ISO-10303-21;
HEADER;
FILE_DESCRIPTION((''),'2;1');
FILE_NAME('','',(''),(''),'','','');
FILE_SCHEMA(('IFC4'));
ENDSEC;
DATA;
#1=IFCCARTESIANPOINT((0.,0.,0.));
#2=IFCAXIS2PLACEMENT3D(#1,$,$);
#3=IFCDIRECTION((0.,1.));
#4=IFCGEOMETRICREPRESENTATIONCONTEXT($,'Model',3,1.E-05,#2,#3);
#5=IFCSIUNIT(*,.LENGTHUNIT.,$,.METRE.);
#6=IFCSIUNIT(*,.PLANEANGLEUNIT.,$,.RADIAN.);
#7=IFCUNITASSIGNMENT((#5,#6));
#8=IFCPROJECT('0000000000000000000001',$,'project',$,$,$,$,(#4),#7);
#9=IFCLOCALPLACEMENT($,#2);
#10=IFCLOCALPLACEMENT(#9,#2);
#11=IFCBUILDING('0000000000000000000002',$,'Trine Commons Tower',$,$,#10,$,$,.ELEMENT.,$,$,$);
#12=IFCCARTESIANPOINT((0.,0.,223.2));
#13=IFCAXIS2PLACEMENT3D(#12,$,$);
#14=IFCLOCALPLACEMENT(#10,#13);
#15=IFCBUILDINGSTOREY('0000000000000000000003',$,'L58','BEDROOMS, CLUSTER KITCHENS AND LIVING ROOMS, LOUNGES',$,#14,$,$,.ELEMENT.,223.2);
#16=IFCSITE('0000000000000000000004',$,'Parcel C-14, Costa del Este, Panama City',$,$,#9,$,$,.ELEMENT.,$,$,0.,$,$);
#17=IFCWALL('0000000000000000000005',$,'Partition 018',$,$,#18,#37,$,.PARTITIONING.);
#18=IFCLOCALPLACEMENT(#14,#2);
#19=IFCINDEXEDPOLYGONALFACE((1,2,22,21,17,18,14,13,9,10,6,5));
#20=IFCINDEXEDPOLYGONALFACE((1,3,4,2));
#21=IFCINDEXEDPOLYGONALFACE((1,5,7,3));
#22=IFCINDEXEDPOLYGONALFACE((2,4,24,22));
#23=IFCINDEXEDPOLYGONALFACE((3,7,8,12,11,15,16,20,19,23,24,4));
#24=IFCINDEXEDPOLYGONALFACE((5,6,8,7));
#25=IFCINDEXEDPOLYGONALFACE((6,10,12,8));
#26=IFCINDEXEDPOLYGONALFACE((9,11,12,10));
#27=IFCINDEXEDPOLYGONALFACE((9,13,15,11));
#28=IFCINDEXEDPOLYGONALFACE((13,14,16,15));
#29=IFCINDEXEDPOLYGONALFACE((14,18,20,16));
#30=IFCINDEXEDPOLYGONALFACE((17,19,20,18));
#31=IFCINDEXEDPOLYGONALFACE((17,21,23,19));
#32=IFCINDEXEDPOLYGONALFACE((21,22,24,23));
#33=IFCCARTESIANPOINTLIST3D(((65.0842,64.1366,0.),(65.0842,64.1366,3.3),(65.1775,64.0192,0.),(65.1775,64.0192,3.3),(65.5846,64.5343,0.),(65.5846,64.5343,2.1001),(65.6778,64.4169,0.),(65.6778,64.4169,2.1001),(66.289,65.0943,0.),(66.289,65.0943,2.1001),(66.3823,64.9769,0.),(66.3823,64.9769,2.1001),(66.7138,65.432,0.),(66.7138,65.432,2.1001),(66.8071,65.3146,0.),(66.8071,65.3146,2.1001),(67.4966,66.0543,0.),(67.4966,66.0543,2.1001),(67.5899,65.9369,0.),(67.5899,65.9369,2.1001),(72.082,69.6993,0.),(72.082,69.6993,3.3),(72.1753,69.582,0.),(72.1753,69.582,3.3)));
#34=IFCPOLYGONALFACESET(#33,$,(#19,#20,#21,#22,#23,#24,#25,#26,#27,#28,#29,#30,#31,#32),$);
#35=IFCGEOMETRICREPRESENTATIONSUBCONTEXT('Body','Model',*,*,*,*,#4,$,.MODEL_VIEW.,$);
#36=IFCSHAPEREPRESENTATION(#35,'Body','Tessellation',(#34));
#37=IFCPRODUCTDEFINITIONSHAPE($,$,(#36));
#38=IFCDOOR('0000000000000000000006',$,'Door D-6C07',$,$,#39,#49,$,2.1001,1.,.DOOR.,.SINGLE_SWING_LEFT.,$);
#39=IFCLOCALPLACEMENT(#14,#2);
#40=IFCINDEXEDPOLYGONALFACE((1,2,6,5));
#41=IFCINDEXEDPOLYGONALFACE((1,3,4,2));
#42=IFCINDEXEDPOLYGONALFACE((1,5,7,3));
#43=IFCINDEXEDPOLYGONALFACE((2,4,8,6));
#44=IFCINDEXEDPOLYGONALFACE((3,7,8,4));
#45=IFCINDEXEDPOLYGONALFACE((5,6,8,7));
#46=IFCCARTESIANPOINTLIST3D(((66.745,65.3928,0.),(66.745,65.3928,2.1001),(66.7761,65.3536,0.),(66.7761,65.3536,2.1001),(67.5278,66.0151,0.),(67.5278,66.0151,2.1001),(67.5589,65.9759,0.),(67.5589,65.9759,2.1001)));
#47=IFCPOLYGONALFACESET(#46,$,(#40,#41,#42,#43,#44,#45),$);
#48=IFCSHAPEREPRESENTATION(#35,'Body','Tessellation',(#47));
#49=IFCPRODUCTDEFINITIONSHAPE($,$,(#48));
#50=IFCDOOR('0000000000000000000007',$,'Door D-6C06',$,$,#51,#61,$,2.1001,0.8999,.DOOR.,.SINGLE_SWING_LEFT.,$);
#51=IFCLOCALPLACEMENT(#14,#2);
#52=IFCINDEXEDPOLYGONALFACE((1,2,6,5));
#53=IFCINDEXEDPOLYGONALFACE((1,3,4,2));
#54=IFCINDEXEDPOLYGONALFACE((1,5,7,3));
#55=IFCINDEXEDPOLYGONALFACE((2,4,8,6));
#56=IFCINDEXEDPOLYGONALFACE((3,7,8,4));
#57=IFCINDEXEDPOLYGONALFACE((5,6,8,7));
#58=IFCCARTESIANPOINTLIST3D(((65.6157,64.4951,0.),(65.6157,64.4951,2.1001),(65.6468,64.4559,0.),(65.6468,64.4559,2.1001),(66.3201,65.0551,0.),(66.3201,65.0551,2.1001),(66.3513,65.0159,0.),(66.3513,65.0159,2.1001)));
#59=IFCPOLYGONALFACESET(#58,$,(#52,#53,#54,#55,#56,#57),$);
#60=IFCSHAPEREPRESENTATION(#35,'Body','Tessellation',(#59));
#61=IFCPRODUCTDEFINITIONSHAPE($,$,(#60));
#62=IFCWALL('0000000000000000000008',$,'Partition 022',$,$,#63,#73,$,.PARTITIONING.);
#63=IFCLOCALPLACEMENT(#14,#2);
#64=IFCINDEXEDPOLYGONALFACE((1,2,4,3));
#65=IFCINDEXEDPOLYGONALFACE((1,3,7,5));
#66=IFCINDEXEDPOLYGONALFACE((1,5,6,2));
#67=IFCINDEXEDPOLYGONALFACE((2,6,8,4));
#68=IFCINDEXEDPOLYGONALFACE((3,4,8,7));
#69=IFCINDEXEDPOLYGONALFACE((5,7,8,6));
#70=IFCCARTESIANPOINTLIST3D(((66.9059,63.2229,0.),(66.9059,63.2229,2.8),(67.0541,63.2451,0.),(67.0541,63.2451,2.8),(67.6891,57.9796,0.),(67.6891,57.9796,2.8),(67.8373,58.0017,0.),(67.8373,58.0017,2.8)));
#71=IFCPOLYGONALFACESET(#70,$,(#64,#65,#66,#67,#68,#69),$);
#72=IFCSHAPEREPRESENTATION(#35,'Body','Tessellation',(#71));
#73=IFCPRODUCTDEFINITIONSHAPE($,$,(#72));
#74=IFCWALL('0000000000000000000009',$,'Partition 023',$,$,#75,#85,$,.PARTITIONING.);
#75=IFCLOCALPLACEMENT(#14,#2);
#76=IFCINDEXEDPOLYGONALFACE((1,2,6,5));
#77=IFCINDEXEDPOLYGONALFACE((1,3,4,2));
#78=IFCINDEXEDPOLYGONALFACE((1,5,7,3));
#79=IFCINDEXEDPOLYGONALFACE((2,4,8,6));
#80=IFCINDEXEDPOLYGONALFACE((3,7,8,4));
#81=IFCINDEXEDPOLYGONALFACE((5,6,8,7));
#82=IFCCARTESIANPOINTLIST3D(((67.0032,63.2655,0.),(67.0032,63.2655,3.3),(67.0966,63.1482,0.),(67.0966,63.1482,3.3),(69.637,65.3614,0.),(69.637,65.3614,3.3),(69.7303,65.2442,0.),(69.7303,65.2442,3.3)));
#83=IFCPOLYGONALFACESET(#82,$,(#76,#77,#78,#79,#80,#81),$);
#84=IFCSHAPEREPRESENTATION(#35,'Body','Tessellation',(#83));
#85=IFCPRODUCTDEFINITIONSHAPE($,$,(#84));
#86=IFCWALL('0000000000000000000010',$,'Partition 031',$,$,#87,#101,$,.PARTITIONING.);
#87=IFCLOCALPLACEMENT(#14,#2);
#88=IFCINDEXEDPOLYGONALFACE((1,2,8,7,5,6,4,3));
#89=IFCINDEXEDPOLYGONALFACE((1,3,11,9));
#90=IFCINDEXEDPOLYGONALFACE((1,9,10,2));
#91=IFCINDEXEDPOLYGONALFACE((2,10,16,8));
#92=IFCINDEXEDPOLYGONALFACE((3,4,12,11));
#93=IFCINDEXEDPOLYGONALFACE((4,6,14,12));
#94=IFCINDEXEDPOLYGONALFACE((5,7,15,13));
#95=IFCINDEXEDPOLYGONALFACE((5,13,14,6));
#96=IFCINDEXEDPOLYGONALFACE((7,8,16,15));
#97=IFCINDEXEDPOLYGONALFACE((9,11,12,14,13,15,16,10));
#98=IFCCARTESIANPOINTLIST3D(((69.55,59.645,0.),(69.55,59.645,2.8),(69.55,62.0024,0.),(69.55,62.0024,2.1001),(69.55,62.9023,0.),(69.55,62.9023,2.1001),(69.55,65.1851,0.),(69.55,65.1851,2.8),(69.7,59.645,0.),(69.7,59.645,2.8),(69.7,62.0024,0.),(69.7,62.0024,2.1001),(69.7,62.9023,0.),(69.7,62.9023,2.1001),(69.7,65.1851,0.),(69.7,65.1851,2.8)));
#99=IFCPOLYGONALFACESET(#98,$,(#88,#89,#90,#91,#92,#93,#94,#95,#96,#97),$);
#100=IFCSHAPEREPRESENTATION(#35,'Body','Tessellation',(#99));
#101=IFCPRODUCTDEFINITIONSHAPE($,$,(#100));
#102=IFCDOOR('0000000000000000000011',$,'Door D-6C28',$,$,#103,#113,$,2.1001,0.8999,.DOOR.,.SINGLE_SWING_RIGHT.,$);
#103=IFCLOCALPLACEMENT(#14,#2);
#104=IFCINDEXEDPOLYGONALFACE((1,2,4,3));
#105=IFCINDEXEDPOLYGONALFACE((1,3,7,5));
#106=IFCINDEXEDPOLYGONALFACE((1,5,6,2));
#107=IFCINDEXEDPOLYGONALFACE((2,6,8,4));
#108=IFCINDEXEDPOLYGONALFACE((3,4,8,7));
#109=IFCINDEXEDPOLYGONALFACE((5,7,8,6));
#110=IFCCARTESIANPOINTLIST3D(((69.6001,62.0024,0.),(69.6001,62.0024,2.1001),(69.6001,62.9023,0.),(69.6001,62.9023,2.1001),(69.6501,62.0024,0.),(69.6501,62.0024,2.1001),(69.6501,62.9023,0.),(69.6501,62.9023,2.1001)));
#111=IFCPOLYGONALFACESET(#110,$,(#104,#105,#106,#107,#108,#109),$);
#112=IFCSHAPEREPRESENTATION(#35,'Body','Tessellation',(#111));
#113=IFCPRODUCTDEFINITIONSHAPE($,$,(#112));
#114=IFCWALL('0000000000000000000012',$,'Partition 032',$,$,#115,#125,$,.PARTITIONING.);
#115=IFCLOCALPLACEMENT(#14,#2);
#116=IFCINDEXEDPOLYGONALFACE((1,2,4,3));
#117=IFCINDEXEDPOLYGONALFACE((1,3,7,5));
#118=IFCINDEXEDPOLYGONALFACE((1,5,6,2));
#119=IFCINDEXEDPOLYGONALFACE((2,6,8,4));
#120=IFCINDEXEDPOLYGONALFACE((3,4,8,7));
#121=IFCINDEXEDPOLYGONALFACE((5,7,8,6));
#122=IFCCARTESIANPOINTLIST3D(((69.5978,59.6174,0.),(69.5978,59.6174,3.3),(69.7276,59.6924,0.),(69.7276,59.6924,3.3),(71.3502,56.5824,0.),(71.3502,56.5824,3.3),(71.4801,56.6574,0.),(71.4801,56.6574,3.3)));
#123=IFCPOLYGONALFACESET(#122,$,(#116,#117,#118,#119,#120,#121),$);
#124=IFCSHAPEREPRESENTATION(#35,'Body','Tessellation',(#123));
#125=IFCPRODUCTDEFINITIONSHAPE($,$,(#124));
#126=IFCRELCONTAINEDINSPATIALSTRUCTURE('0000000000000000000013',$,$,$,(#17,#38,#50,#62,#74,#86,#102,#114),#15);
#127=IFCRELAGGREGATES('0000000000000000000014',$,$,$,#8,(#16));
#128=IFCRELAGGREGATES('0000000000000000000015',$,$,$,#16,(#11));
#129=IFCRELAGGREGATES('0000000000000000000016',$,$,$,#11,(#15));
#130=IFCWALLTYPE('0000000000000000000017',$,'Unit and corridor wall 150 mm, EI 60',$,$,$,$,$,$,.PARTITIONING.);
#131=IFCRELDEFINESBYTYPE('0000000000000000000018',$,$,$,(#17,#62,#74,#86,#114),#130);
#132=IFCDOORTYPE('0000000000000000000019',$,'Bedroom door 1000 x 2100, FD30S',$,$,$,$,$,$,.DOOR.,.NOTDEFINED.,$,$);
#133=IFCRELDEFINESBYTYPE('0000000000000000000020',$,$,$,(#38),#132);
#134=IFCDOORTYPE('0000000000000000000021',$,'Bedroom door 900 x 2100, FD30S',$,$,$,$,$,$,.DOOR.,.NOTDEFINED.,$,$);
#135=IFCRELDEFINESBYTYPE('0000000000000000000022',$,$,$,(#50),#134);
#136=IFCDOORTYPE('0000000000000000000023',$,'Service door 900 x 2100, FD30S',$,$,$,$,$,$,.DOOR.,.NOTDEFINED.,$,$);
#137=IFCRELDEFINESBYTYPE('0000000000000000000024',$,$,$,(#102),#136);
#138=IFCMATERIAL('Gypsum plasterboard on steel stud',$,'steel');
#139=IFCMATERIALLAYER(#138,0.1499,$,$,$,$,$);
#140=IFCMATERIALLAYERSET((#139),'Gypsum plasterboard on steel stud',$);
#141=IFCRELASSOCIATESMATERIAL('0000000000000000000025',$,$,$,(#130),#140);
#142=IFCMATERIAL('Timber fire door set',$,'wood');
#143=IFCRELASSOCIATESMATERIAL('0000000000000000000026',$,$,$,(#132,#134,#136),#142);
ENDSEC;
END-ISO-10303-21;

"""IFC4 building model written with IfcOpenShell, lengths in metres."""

from ifc_helpers import new_model, si_unit, direction, frame, frame_2d, origin, place, context, subcontext, project, spatial, rectangle, extrude, material, layer, layer_set, type_object, element, fill, save


model = new_model("IFC4")

# Units and contexts
model_context = context("Model", 3, precision=1e-05, world=origin(), true_north=direction((0.0, 1.0)))
body_context = subcontext(model_context, "Body", "Model", "MODEL_VIEW")
ifc_project = project(units=[si_unit("LENGTHUNIT", "METRE"), si_unit("PLANEANGLEUNIT", "RADIAN")], contexts=[model_context])

# Site, building, storey
site_placement = place(None, origin())
site = spatial("IfcSite", under=ifc_project, at=site_placement, Name="Parcel C-14, Costa del Este, Panama City", CompositionType="ELEMENT", RefElevation=0.0)
building_placement = place(site_placement, origin())
building = spatial("IfcBuilding", under=site, at=building_placement, Name="Trine Commons Tower", CompositionType="ELEMENT")
storey_placement = place(building_placement, frame((0.0, 0.0, 223.2)))
storey = spatial("IfcBuildingStorey", under=building, at=storey_placement, Name="L58", Description="BEDROOMS, CLUSTER KITCHENS AND LIVING ROOMS, LOUNGES", CompositionType="ELEMENT", Elevation=223.2)

# Shared definitions
ifc_material_1 = material(Name="Gypsum plasterboard on steel stud", Category="steel")
ifc_layer_1 = layer(ifc_material_1, 0.1499)
ifc_layer_set_1 = layer_set([ifc_layer_1], Name="Gypsum plasterboard on steel stud")
wall_type_1 = type_object("IfcWallType", Name="Unit and corridor wall 150 mm, EI 60", PredefinedType="PARTITIONING", material=ifc_layer_set_1)
ifc_material_2 = material(Name="Timber fire door set", Category="wood")

# Wall, openings, doors
wall_1_placement = place(storey_placement, frame((65.1309, 64.0779, 0.0), z_axis=(0.0, 0.0, 1.0), x_axis=(0.782802, 0.622271, 0.0)))
wall_1 = element("IfcWall", 1, at=wall_1_placement, inside=storey, type_object=wall_type_1, Name="Partition 018", PredefinedType="PARTITIONING", context=body_context, shape_type="SweptSolid", body=[
    extrude(rectangle(XDim=8.9395, YDim=0.1499, at=frame_2d((4.4697, 0.0))), origin(), (0.0, 0.0, 1.0), 3.3),
])
opening_1_placement = place(wall_1_placement, frame((0.6392, 0.0, 0.0)))
opening_1 = element("IfcOpeningElement", 2, at=opening_1_placement, cuts=wall_1, PredefinedType="OPENING", context=body_context, shape_type="SweptSolid", body=[
    extrude(rectangle(XDim=0.8999, YDim=2.1001, at=frame_2d((0.45, 1.05))), frame((0.0, 0.085, 0.0), z_axis=(0.0, -1.0, 0.0), x_axis=(1.0, 0.0, 0.0)), (0.0, 0.0, 1.0), 0.1699),
])
opening_2_placement = place(wall_1_placement, frame((2.0818, 0.0, 0.0)))
opening_2 = element("IfcOpeningElement", 3, at=opening_2_placement, cuts=wall_1, PredefinedType="OPENING", context=body_context, shape_type="SweptSolid", body=[
    extrude(rectangle(XDim=1.0, YDim=2.1001, at=frame_2d((0.5, 1.05))), frame((0.0, 0.085, 0.0), z_axis=(0.0, -1.0, 0.0), x_axis=(1.0, 0.0, 0.0)), (0.0, 0.0, 1.0), 0.1699),
])
door_type_1 = type_object("IfcDoorType", Name="Bedroom door 1000 x 2100, FD30S", OperationType="NOTDEFINED", PredefinedType="DOOR", material=ifc_material_2)
door_1_placement = place(opening_2_placement, origin())
door_1 = element("IfcDoor", 4, at=door_1_placement, inside=storey, type_object=door_type_1, Name="Door D-6C07", OperationType="SINGLE_SWING_LEFT", OverallHeight=2.1001, OverallWidth=1.0, PredefinedType="DOOR", context=body_context, shape_type="SweptSolid", body=[
    extrude(rectangle(XDim=1.0, YDim=2.1001, at=frame_2d((0.5, 1.05))), frame((0.0, 0.0249, 0.0), z_axis=(0.0, -1.0, 0.0), x_axis=(1.0, 0.0, 0.0)), (0.0, 0.0, 1.0), 0.05),
])
fill(opening_2, door_1)
door_type_2 = type_object("IfcDoorType", Name="Bedroom door 900 x 2100, FD30S", OperationType="NOTDEFINED", PredefinedType="DOOR", material=ifc_material_2)
door_2_placement = place(opening_1_placement, origin())
door_2 = element("IfcDoor", 5, at=door_2_placement, inside=storey, type_object=door_type_2, Name="Door D-6C06", OperationType="SINGLE_SWING_LEFT", OverallHeight=2.1001, OverallWidth=0.8999, PredefinedType="DOOR", context=body_context, shape_type="SweptSolid", body=[
    extrude(rectangle(XDim=0.8999, YDim=2.1001, at=frame_2d((0.45, 1.05))), frame((0.0, 0.0249, 0.0), z_axis=(0.0, -1.0, 0.0), x_axis=(1.0, 0.0, 0.0)), (0.0, 0.0, 1.0), 0.05),
])
fill(opening_1, door_2)

# Walls
wall_2_placement = place(storey_placement, frame((66.98, 63.2341, 0.0), z_axis=(0.0, 0.0, 1.0), x_axis=(0.14773, -0.989028, 0.0)))
element("IfcWall", 6, at=wall_2_placement, inside=storey, type_object=wall_type_1, Name="Partition 022", PredefinedType="PARTITIONING", context=body_context, shape_type="SweptSolid", body=[
    extrude(rectangle(XDim=5.3015, YDim=0.1499, at=frame_2d((2.6509, 0.0))), origin(), (0.0, 0.0, 1.0), 2.8),
])
wall_3_placement = place(storey_placement, frame((67.0498, 63.2068, 0.0), z_axis=(0.0, 0.0, 1.0), x_axis=(0.782473, 0.622685, 0.0)))
element("IfcWall", 7, at=wall_3_placement, inside=storey, type_object=wall_type_1, Name="Partition 023", PredefinedType="PARTITIONING", context=body_context, shape_type="SweptSolid", body=[
    extrude(rectangle(XDim=3.366, YDim=0.1499, at=frame_2d((1.6831, 0.0))), origin(), (0.0, 0.0, 1.0), 3.3),
])

# Wall, opening, door
wall_4_placement = place(storey_placement, frame((69.625, 59.645, 0.0), z_axis=(0.0, 0.0, 1.0), x_axis=(0.0, 1.0, 0.0)))
wall_4 = element("IfcWall", 8, at=wall_4_placement, inside=storey, type_object=wall_type_1, Name="Partition 031", PredefinedType="PARTITIONING", context=body_context, shape_type="SweptSolid", body=[
    extrude(rectangle(XDim=5.54, YDim=0.1499, at=frame_2d((2.77, 0.0))), origin(), (0.0, 0.0, 1.0), 2.8),
])
opening_3_placement = place(wall_4_placement, frame((2.3574, 0.0, 0.0)))
opening_3 = element("IfcOpeningElement", 9, at=opening_3_placement, cuts=wall_4, PredefinedType="OPENING", context=body_context, shape_type="SweptSolid", body=[
    extrude(rectangle(XDim=0.8999, YDim=2.1001, at=frame_2d((0.45, 1.05))), frame((0.0, 0.085, 0.0), z_axis=(0.0, -1.0, 0.0), x_axis=(1.0, 0.0, 0.0)), (0.0, 0.0, 1.0), 0.1699),
])
door_type_3 = type_object("IfcDoorType", Name="Service door 900 x 2100, FD30S", OperationType="NOTDEFINED", PredefinedType="DOOR", material=ifc_material_2)
door_3_placement = place(opening_3_placement, origin())
door_3 = element("IfcDoor", 10, at=door_3_placement, inside=storey, type_object=door_type_3, Name="Door D-6C28", OperationType="SINGLE_SWING_RIGHT", OverallHeight=2.1001, OverallWidth=0.8999, PredefinedType="DOOR", context=body_context, shape_type="SweptSolid", body=[
    extrude(rectangle(XDim=0.8999, YDim=2.1001, at=frame_2d((0.45, 1.05))), frame((0.0, 0.0249, 0.0), z_axis=(0.0, -1.0, 0.0), x_axis=(1.0, 0.0, 0.0)), (0.0, 0.0, 1.0), 0.05),
])
fill(opening_3, door_3)

# Wall
wall_5_placement = place(storey_placement, frame((69.6626, 59.655, 0.0), z_axis=(0.0, 0.0, 1.0), x_axis=(0.50005, -0.865996, 0.0)))
element("IfcWall", 11, at=wall_5_placement, inside=storey, type_object=wall_type_1, Name="Partition 032", PredefinedType="PARTITIONING", context=body_context, shape_type="SweptSolid", body=[
    extrude(rectangle(XDim=3.5046, YDim=0.1499, at=frame_2d((1.7524, 0.0))), origin(), (0.0, 0.0, 1.0), 3.3),
])

save(model, "model.ifc")
